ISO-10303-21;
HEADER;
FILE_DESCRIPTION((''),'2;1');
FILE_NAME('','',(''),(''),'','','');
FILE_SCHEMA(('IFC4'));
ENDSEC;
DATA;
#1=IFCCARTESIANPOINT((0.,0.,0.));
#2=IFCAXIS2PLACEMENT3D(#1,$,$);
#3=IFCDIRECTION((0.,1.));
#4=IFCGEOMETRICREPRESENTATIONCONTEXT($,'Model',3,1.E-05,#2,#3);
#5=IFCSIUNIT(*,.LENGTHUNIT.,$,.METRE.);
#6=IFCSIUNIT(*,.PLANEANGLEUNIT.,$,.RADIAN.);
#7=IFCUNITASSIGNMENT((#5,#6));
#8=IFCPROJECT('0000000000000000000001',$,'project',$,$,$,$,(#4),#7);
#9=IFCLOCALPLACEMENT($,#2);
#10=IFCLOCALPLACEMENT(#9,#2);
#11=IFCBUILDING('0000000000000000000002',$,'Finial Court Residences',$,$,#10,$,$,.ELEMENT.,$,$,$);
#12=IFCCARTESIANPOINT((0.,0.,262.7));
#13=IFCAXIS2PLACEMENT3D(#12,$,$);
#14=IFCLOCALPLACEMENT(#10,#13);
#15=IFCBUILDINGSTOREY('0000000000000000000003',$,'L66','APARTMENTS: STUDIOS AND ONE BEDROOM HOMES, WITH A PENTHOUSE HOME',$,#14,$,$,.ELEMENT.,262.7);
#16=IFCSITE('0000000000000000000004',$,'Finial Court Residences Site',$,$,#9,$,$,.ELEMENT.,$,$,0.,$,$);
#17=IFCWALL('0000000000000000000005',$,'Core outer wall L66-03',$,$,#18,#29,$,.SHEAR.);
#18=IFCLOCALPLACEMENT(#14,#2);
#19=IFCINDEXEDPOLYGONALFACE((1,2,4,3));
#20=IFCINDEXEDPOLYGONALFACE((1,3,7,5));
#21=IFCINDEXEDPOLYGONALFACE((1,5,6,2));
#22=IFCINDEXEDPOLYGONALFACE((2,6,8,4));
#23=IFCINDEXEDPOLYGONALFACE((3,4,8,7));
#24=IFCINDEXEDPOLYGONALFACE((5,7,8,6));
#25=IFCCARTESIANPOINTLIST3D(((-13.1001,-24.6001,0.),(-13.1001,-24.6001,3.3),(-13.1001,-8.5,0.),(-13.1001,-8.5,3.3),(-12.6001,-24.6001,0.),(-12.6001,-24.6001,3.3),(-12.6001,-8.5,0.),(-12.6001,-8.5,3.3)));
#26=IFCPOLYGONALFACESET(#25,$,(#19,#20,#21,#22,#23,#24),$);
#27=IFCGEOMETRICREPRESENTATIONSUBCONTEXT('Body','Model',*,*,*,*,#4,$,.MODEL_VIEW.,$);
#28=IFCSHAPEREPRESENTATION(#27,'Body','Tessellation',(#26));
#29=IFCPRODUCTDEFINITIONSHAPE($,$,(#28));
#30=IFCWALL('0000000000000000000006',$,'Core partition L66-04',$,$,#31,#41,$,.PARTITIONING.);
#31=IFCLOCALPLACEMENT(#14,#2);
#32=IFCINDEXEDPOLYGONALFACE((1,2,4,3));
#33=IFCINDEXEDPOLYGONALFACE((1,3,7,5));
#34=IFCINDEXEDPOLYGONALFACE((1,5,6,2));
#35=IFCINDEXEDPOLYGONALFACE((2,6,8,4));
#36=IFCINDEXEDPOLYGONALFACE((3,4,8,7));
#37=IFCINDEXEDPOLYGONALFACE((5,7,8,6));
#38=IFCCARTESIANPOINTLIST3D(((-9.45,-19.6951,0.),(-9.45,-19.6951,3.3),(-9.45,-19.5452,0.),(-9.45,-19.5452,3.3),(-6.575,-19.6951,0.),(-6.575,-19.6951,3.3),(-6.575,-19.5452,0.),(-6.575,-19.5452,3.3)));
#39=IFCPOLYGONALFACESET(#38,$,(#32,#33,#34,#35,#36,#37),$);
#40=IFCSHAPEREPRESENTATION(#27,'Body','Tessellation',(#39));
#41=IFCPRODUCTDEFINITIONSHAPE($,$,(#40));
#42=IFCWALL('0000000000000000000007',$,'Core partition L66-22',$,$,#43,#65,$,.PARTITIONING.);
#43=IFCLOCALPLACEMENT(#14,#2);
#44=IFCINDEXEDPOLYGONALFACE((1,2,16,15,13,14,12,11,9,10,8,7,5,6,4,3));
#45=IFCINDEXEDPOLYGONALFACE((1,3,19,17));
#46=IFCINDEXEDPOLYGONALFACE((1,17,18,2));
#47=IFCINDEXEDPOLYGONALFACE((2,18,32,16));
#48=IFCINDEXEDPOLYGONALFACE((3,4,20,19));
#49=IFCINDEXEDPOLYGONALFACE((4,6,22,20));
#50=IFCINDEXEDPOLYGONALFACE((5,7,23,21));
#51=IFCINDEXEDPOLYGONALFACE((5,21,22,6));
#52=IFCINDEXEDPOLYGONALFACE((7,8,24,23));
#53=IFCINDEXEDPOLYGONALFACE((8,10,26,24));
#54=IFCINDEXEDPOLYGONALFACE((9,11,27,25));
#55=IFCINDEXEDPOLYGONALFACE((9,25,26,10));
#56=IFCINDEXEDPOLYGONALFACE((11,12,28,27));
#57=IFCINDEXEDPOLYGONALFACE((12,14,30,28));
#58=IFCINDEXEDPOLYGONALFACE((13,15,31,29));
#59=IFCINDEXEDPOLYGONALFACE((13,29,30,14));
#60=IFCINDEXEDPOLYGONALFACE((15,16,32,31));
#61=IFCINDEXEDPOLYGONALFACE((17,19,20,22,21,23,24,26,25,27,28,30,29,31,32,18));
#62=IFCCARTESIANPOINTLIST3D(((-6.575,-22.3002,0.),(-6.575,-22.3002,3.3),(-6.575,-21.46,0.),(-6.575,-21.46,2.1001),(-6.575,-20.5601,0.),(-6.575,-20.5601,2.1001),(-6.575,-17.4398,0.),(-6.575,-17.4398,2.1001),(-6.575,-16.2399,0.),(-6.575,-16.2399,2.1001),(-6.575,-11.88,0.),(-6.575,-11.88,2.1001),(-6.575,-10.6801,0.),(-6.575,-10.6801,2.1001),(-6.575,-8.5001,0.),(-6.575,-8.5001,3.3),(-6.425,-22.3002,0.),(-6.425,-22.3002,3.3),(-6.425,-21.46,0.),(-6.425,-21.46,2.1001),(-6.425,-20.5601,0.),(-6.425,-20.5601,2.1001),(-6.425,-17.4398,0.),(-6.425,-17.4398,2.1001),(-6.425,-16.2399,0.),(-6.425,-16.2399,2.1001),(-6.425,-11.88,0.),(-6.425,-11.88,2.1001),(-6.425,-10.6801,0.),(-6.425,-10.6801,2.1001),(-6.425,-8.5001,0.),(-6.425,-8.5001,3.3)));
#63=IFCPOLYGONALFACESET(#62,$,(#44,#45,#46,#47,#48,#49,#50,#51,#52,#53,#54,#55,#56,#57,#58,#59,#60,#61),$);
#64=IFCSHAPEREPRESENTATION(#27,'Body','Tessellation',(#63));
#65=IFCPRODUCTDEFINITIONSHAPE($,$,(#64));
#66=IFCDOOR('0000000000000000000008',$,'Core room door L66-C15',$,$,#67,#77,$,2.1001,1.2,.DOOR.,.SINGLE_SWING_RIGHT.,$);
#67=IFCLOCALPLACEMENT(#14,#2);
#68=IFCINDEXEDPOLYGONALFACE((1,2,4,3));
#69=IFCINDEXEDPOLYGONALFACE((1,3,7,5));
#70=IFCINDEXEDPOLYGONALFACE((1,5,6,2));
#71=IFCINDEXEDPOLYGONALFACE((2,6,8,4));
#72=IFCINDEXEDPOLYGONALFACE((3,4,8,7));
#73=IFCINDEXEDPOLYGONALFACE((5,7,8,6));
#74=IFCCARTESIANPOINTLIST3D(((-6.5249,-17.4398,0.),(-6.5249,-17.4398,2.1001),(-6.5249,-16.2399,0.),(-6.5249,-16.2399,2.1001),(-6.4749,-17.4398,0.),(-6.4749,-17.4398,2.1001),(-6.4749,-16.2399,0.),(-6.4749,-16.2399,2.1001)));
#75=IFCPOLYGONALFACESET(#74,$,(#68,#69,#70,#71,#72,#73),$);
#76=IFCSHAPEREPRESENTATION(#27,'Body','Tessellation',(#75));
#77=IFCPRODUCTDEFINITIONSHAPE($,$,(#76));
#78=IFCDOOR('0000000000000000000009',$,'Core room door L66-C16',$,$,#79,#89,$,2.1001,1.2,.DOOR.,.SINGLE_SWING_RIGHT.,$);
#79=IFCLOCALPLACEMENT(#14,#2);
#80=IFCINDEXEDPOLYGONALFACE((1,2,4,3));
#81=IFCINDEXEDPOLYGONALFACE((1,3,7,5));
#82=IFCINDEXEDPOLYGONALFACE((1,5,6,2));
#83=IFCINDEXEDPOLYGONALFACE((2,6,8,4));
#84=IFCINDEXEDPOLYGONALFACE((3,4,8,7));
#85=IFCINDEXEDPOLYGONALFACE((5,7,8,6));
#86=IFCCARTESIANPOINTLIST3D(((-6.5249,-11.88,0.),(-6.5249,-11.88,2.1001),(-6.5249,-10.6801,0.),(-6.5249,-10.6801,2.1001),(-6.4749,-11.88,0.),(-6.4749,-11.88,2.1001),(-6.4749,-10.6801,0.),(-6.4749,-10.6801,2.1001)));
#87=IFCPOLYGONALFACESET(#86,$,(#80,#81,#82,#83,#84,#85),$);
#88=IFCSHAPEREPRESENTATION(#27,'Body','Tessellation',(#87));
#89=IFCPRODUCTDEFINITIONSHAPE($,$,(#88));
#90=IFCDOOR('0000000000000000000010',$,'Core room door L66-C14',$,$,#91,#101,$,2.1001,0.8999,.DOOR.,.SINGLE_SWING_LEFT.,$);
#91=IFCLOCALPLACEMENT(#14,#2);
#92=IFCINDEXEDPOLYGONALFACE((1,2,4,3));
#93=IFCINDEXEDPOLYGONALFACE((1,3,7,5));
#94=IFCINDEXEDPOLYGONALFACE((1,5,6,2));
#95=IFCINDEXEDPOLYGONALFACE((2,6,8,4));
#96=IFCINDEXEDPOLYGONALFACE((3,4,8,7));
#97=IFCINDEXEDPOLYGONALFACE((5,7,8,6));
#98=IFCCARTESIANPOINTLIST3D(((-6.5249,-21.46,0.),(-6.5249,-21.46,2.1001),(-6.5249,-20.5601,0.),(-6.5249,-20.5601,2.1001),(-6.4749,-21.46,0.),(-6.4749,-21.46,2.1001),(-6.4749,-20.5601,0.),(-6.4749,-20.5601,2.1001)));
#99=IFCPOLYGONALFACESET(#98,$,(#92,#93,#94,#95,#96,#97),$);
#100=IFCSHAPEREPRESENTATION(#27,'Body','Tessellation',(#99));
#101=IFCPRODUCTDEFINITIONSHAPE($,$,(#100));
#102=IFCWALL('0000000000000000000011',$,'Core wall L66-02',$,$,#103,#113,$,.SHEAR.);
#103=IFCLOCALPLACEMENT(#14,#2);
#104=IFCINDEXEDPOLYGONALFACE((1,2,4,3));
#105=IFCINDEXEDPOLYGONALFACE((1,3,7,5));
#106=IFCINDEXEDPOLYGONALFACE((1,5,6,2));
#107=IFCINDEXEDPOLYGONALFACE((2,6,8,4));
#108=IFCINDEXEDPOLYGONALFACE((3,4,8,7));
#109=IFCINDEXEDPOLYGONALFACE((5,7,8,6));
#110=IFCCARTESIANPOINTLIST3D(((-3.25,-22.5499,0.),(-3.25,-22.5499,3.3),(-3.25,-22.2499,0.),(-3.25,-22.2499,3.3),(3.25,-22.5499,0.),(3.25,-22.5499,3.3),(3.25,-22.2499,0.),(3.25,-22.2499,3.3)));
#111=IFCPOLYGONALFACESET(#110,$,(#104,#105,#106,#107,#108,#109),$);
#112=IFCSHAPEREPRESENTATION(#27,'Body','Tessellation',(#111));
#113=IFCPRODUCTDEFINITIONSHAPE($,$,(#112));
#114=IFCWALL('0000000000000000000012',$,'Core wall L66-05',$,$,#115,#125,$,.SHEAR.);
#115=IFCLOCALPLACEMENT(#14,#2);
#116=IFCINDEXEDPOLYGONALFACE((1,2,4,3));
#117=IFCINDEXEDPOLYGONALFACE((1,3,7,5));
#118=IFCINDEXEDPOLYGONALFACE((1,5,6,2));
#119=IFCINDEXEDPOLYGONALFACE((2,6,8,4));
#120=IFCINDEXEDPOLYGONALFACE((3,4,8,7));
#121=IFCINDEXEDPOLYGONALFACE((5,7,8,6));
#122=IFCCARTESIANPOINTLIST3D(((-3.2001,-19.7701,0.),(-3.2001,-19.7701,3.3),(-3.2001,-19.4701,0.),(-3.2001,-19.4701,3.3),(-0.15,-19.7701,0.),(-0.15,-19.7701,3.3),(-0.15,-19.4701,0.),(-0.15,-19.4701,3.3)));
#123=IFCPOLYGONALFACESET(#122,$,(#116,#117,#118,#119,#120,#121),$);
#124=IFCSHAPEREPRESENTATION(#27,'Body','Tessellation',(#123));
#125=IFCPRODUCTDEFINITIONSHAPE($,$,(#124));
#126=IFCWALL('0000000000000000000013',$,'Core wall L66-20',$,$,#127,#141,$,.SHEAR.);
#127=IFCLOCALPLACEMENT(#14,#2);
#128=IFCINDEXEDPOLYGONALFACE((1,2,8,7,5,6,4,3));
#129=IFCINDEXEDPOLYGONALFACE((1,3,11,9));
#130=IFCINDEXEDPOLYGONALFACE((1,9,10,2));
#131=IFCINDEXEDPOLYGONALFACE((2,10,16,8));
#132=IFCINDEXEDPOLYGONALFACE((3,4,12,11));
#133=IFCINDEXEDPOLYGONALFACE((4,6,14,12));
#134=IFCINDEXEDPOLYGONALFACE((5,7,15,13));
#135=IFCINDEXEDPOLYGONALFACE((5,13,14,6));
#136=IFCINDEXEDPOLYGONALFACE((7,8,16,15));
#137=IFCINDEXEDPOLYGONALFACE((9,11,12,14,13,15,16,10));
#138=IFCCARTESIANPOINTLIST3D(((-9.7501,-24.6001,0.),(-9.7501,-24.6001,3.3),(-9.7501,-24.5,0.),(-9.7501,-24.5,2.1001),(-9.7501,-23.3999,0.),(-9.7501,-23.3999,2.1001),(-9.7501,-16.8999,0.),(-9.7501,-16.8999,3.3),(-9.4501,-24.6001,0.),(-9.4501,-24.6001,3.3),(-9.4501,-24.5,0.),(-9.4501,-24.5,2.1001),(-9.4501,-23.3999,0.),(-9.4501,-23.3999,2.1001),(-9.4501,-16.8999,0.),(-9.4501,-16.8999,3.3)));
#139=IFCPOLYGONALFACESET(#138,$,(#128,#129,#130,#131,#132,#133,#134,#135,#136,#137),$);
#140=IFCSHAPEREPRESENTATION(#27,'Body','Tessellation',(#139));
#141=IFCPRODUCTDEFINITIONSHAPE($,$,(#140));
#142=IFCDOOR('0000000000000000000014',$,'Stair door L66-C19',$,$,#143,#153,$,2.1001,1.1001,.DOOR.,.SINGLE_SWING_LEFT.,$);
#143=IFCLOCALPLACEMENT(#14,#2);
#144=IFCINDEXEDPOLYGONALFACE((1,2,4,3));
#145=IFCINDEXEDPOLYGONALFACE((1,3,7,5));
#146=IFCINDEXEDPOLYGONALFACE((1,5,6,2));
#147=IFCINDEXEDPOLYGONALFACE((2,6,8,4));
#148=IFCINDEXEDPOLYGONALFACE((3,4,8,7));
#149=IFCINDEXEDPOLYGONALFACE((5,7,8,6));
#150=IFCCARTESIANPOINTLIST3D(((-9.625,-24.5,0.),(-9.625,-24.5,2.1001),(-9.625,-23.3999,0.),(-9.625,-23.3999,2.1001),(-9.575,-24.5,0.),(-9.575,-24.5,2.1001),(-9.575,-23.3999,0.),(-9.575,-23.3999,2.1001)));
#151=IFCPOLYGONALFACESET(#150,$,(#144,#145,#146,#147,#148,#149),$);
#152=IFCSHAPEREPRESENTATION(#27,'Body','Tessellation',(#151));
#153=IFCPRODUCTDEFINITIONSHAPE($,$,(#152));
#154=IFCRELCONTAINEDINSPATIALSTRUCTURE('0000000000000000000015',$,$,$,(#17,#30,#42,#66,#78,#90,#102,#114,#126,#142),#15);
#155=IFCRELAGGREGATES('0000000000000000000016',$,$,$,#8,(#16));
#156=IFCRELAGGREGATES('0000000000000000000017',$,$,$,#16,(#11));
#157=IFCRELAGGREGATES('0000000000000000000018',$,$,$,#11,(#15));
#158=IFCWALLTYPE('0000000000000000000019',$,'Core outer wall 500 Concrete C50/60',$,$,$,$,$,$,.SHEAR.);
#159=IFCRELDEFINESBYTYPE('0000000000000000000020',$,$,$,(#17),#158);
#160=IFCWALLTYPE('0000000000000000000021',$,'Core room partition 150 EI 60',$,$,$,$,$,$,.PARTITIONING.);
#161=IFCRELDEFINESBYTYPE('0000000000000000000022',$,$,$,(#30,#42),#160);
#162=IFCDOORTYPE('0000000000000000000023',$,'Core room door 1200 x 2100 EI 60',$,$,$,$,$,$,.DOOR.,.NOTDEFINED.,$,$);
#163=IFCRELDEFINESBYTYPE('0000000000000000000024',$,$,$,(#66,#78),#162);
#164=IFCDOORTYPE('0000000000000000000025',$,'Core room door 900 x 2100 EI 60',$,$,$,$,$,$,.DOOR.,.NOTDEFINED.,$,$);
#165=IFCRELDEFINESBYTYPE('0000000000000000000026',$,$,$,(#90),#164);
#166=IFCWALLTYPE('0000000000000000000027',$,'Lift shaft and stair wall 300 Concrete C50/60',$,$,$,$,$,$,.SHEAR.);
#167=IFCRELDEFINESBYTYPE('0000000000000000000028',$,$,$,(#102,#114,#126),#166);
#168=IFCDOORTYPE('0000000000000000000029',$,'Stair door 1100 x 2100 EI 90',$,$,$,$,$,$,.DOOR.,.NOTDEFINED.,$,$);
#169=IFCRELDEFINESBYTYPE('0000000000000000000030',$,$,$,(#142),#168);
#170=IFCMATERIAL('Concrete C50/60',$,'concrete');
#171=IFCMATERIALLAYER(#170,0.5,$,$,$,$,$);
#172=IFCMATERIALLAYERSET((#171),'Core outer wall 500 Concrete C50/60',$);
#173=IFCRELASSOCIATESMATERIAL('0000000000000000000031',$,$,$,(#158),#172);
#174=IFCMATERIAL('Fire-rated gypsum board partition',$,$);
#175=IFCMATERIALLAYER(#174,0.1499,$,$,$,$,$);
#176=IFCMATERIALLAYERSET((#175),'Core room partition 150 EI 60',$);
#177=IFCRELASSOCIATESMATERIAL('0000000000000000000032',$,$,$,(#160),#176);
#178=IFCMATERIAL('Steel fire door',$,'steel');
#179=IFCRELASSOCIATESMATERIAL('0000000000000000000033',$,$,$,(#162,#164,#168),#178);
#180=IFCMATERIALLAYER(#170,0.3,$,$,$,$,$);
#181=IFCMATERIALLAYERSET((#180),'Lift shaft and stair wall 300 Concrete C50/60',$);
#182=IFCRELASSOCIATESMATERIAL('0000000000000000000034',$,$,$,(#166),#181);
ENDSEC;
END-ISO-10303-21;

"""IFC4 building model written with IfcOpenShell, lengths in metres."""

from ifc_helpers import new_model, si_unit, direction, frame, frame_2d, origin, place, context, subcontext, project, spatial, rectangle, extrude, material, layer, layer_set, type_object, element, fill, save


model = new_model("IFC4")

# Units and contexts
model_context = context("Model", 3, precision=1e-05, world=origin(), true_north=direction((0.0, 1.0)))
body_context = subcontext(model_context, "Body", "Model", "MODEL_VIEW")
ifc_project = project(units=[si_unit("LENGTHUNIT", "METRE"), si_unit("PLANEANGLEUNIT", "RADIAN")], contexts=[model_context])

# Site, building, storey
site_placement = place(None, origin())
site = spatial("IfcSite", under=ifc_project, at=site_placement, Name="Finial Court Residences Site", CompositionType="ELEMENT", RefElevation=0.0)
building_placement = place(site_placement, origin())
building = spatial("IfcBuilding", under=site, at=building_placement, Name="Finial Court Residences", CompositionType="ELEMENT")
storey_placement = place(building_placement, frame((0.0, 0.0, 262.7)))
storey = spatial("IfcBuildingStorey", under=building, at=storey_placement, Name="L66", Description="APARTMENTS: STUDIOS AND ONE BEDROOM HOMES, WITH A PENTHOUSE HOME", CompositionType="ELEMENT", Elevation=262.7)

# Walls
ifc_material_1 = material(Name="Concrete C50/60", Category="concrete")
ifc_layer_1 = layer(ifc_material_1, 0.5)
ifc_layer_set_1 = layer_set([ifc_layer_1], Name="Core outer wall 500 Concrete C50/60")
wall_type_1 = type_object("IfcWallType", Name="Core outer wall 500 Concrete C50/60", PredefinedType="SHEAR", material=ifc_layer_set_1)
wall_1_placement = place(storey_placement, frame((-12.8501, -24.6001, 0.0), z_axis=(0.0, 0.0, 1.0), x_axis=(0.0, 1.0, 0.0)))
element("IfcWall", 1, at=wall_1_placement, inside=storey, type_object=wall_type_1, Name="Core outer wall L66-03", PredefinedType="SHEAR", context=body_context, shape_type="SweptSolid", body=[
    extrude(rectangle(XDim=16.1001, YDim=0.5, at=frame_2d((8.05, 0.0))), origin(), (0.0, 0.0, 1.0), 3.3),
])
ifc_material_2 = material(Name="Fire-rated gypsum board partition")
ifc_layer_2 = layer(ifc_material_2, 0.1499)
ifc_layer_set_2 = layer_set([ifc_layer_2], Name="Core room partition 150 EI 60")
wall_type_2 = type_object("IfcWallType", Name="Core room partition 150 EI 60", PredefinedType="PARTITIONING", material=ifc_layer_set_2)
wall_2_placement = place(storey_placement, frame((-9.45, -19.6201, 0.0), z_axis=(0.0, 0.0, 1.0), x_axis=(1.0, 0.0, 0.0)))
element("IfcWall", 2, at=wall_2_placement, inside=storey, type_object=wall_type_2, Name="Core partition L66-04", PredefinedType="PARTITIONING", context=body_context, shape_type="SweptSolid", body=[
    extrude(rectangle(XDim=2.875, YDim=0.1499, at=frame_2d((1.4375, 0.0))), origin(), (0.0, 0.0, 1.0), 3.3),
])

# Wall, openings, doors
wall_3_placement = place(storey_placement, frame((-6.5, -22.3, 0.0), z_axis=(0.0, 0.0, 1.0), x_axis=(0.0, 1.0, 0.0)))
wall_3 = element("IfcWall", 3, at=wall_3_placement, inside=storey, type_object=wall_type_2, Name="Core partition L66-22", PredefinedType="PARTITIONING", context=body_context, shape_type="SweptSolid", body=[
    extrude(rectangle(XDim=13.8, YDim=0.1499, at=frame_2d((6.8999, 0.0))), origin(), (0.0, 0.0, 1.0), 3.3),
])
opening_1_placement = place(wall_3_placement, frame((0.8401, 0.0, 0.0)))
opening_1 = element("IfcOpeningElement", 4, at=opening_1_placement, cuts=wall_3, PredefinedType="OPENING", context=body_context, shape_type="SweptSolid", body=[
    extrude(rectangle(XDim=0.8999, YDim=2.1001, at=frame_2d((0.45, 1.05))), frame((0.0, 0.085, 0.0), z_axis=(0.0, -1.0, 0.0), x_axis=(1.0, 0.0, 0.0)), (0.0, 0.0, 1.0), 0.1699),
])
opening_2_placement = place(wall_3_placement, frame((4.8601, 0.0, 0.0)))
opening_2 = element("IfcOpeningElement", 5, at=opening_2_placement, cuts=wall_3, PredefinedType="OPENING", context=body_context, shape_type="SweptSolid", body=[
    extrude(rectangle(XDim=1.2, YDim=2.1001, at=frame_2d((0.6001, 1.05))), frame((0.0, 0.085, 0.0), z_axis=(0.0, -1.0, 0.0), x_axis=(1.0, 0.0, 0.0)), (0.0, 0.0, 1.0), 0.1699),
])
opening_3_placement = place(wall_3_placement, frame((10.4199, 0.0, 0.0)))
opening_3 = element("IfcOpeningElement", 6, at=opening_3_placement, cuts=wall_3, PredefinedType="OPENING", context=body_context, shape_type="SweptSolid", body=[
    extrude(rectangle(XDim=1.2, YDim=2.1001, at=frame_2d((0.6001, 1.05))), frame((0.0, 0.085, 0.0), z_axis=(0.0, -1.0, 0.0), x_axis=(1.0, 0.0, 0.0)), (0.0, 0.0, 1.0), 0.1699),
])
ifc_material_3 = material(Name="Steel fire door", Category="steel")
door_type_1 = type_object("IfcDoorType", Name="Core room door 1200 x 2100 EI 60", OperationType="NOTDEFINED", PredefinedType="DOOR", material=ifc_material_3)
door_1_placement = place(opening_2_placement, origin())
door_1 = element("IfcDoor", 7, at=door_1_placement, inside=storey, type_object=door_type_1, Name="Core room door L66-C15", OperationType="SINGLE_SWING_RIGHT", OverallHeight=2.1001, OverallWidth=1.2, PredefinedType="DOOR", context=body_context, shape_type="SweptSolid", body=[
    extrude(rectangle(XDim=1.2, YDim=2.1001, at=frame_2d((0.6001, 1.05))), frame((0.0, 0.0249, 0.0), z_axis=(0.0, -1.0, 0.0), x_axis=(1.0, 0.0, 0.0)), (0.0, 0.0, 1.0), 0.05),
])
fill(opening_2, door_1)
door_2_placement = place(opening_3_placement, origin())
door_2 = element("IfcDoor", 8, at=door_2_placement, inside=storey, type_object=door_type_1, Name="Core room door L66-C16", OperationType="SINGLE_SWING_RIGHT", OverallHeight=2.1001, OverallWidth=1.2, PredefinedType="DOOR", context=body_context, shape_type="SweptSolid", body=[
    extrude(rectangle(XDim=1.2, YDim=2.1001, at=frame_2d((0.6001, 1.05))), frame((0.0, 0.0249, 0.0), z_axis=(0.0, -1.0, 0.0), x_axis=(1.0, 0.0, 0.0)), (0.0, 0.0, 1.0), 0.05),
])
fill(opening_3, door_2)
door_type_2 = type_object("IfcDoorType", Name="Core room door 900 x 2100 EI 60", OperationType="NOTDEFINED", PredefinedType="DOOR", material=ifc_material_3)
door_3_placement = place(opening_1_placement, origin())
door_3 = element("IfcDoor", 9, at=door_3_placement, inside=storey, type_object=door_type_2, Name="Core room door L66-C14", OperationType="SINGLE_SWING_LEFT", OverallHeight=2.1001, OverallWidth=0.8999, PredefinedType="DOOR", context=body_context, shape_type="SweptSolid", body=[
    extrude(rectangle(XDim=0.8999, YDim=2.1001, at=frame_2d((0.45, 1.05))), frame((0.0, 0.0249, 0.0), z_axis=(0.0, -1.0, 0.0), x_axis=(1.0, 0.0, 0.0)), (0.0, 0.0, 1.0), 0.05),
])
fill(opening_1, door_3)

# Walls
ifc_layer_3 = layer(ifc_material_1, 0.3)
ifc_layer_set_3 = layer_set([ifc_layer_3], Name="Lift shaft and stair wall 300 Concrete C50/60")
wall_type_3 = type_object("IfcWallType", Name="Lift shaft and stair wall 300 Concrete C50/60", PredefinedType="SHEAR", material=ifc_layer_set_3)
wall_4_placement = place(storey_placement, frame((-3.25, -22.3999, 0.0), z_axis=(0.0, 0.0, 1.0), x_axis=(1.0, 0.0, 0.0)))
element("IfcWall", 10, at=wall_4_placement, inside=storey, type_object=wall_type_3, Name="Core wall L66-02", PredefinedType="SHEAR", context=body_context, shape_type="SweptSolid", body=[
    extrude(rectangle(XDim=6.5, YDim=0.3, at=frame_2d((3.25, 0.0))), origin(), (0.0, 0.0, 1.0), 3.3),
])
wall_5_placement = place(storey_placement, frame((-3.2, -19.6201, 0.0), z_axis=(0.0, 0.0, 1.0), x_axis=(1.0, 0.0, 0.0)))
element("IfcWall", 11, at=wall_5_placement, inside=storey, type_object=wall_type_3, Name="Core wall L66-05", PredefinedType="SHEAR", context=body_context, shape_type="SweptSolid", body=[
    extrude(rectangle(XDim=3.05, YDim=0.3, at=frame_2d((1.5249, 0.0))), origin(), (0.0, 0.0, 1.0), 3.3),
])

# Wall, opening, door
wall_6_placement = place(storey_placement, frame((-9.6001, -24.6001, 0.0), z_axis=(0.0, 0.0, 1.0), x_axis=(0.0, 1.0, 0.0)))
wall_6 = element("IfcWall", 12, at=wall_6_placement, inside=storey, type_object=wall_type_3, Name="Core wall L66-20", PredefinedType="SHEAR", context=body_context, shape_type="SweptSolid", body=[
    extrude(rectangle(XDim=7.7002, YDim=0.3, at=frame_2d((3.8501, 0.0))), origin(), (0.0, 0.0, 1.0), 3.3),
])
opening_4_placement = place(wall_6_placement, frame((0.1001, 0.0, 0.0)))
opening_4 = element("IfcOpeningElement", 13, at=opening_4_placement, cuts=wall_6, PredefinedType="OPENING", context=body_context, shape_type="SweptSolid", body=[
    extrude(rectangle(XDim=1.1001, YDim=2.1001, at=frame_2d((0.55, 1.05))), frame((0.0, 0.1599, 0.0), z_axis=(0.0, -1.0, 0.0), x_axis=(1.0, 0.0, 0.0)), (0.0, 0.0, 1.0), 0.3201),
])
door_type_3 = type_object("IfcDoorType", Name="Stair door 1100 x 2100 EI 90", OperationType="NOTDEFINED", PredefinedType="DOOR", material=ifc_material_3)
door_4_placement = place(opening_4_placement, origin())
door_4 = element("IfcDoor", 14, at=door_4_placement, inside=storey, type_object=door_type_3, Name="Stair door L66-C19", OperationType="SINGLE_SWING_LEFT", OverallHeight=2.1001, OverallWidth=1.1001, PredefinedType="DOOR", context=body_context, shape_type="SweptSolid", body=[
    extrude(rectangle(XDim=1.1001, YDim=2.1001, at=frame_2d((0.55, 1.05))), frame((0.0, 0.0249, 0.0), z_axis=(0.0, -1.0, 0.0), x_axis=(1.0, 0.0, 0.0)), (0.0, 0.0, 1.0), 0.05),
])
fill(opening_4, door_4)

save(model, "model.ifc")
